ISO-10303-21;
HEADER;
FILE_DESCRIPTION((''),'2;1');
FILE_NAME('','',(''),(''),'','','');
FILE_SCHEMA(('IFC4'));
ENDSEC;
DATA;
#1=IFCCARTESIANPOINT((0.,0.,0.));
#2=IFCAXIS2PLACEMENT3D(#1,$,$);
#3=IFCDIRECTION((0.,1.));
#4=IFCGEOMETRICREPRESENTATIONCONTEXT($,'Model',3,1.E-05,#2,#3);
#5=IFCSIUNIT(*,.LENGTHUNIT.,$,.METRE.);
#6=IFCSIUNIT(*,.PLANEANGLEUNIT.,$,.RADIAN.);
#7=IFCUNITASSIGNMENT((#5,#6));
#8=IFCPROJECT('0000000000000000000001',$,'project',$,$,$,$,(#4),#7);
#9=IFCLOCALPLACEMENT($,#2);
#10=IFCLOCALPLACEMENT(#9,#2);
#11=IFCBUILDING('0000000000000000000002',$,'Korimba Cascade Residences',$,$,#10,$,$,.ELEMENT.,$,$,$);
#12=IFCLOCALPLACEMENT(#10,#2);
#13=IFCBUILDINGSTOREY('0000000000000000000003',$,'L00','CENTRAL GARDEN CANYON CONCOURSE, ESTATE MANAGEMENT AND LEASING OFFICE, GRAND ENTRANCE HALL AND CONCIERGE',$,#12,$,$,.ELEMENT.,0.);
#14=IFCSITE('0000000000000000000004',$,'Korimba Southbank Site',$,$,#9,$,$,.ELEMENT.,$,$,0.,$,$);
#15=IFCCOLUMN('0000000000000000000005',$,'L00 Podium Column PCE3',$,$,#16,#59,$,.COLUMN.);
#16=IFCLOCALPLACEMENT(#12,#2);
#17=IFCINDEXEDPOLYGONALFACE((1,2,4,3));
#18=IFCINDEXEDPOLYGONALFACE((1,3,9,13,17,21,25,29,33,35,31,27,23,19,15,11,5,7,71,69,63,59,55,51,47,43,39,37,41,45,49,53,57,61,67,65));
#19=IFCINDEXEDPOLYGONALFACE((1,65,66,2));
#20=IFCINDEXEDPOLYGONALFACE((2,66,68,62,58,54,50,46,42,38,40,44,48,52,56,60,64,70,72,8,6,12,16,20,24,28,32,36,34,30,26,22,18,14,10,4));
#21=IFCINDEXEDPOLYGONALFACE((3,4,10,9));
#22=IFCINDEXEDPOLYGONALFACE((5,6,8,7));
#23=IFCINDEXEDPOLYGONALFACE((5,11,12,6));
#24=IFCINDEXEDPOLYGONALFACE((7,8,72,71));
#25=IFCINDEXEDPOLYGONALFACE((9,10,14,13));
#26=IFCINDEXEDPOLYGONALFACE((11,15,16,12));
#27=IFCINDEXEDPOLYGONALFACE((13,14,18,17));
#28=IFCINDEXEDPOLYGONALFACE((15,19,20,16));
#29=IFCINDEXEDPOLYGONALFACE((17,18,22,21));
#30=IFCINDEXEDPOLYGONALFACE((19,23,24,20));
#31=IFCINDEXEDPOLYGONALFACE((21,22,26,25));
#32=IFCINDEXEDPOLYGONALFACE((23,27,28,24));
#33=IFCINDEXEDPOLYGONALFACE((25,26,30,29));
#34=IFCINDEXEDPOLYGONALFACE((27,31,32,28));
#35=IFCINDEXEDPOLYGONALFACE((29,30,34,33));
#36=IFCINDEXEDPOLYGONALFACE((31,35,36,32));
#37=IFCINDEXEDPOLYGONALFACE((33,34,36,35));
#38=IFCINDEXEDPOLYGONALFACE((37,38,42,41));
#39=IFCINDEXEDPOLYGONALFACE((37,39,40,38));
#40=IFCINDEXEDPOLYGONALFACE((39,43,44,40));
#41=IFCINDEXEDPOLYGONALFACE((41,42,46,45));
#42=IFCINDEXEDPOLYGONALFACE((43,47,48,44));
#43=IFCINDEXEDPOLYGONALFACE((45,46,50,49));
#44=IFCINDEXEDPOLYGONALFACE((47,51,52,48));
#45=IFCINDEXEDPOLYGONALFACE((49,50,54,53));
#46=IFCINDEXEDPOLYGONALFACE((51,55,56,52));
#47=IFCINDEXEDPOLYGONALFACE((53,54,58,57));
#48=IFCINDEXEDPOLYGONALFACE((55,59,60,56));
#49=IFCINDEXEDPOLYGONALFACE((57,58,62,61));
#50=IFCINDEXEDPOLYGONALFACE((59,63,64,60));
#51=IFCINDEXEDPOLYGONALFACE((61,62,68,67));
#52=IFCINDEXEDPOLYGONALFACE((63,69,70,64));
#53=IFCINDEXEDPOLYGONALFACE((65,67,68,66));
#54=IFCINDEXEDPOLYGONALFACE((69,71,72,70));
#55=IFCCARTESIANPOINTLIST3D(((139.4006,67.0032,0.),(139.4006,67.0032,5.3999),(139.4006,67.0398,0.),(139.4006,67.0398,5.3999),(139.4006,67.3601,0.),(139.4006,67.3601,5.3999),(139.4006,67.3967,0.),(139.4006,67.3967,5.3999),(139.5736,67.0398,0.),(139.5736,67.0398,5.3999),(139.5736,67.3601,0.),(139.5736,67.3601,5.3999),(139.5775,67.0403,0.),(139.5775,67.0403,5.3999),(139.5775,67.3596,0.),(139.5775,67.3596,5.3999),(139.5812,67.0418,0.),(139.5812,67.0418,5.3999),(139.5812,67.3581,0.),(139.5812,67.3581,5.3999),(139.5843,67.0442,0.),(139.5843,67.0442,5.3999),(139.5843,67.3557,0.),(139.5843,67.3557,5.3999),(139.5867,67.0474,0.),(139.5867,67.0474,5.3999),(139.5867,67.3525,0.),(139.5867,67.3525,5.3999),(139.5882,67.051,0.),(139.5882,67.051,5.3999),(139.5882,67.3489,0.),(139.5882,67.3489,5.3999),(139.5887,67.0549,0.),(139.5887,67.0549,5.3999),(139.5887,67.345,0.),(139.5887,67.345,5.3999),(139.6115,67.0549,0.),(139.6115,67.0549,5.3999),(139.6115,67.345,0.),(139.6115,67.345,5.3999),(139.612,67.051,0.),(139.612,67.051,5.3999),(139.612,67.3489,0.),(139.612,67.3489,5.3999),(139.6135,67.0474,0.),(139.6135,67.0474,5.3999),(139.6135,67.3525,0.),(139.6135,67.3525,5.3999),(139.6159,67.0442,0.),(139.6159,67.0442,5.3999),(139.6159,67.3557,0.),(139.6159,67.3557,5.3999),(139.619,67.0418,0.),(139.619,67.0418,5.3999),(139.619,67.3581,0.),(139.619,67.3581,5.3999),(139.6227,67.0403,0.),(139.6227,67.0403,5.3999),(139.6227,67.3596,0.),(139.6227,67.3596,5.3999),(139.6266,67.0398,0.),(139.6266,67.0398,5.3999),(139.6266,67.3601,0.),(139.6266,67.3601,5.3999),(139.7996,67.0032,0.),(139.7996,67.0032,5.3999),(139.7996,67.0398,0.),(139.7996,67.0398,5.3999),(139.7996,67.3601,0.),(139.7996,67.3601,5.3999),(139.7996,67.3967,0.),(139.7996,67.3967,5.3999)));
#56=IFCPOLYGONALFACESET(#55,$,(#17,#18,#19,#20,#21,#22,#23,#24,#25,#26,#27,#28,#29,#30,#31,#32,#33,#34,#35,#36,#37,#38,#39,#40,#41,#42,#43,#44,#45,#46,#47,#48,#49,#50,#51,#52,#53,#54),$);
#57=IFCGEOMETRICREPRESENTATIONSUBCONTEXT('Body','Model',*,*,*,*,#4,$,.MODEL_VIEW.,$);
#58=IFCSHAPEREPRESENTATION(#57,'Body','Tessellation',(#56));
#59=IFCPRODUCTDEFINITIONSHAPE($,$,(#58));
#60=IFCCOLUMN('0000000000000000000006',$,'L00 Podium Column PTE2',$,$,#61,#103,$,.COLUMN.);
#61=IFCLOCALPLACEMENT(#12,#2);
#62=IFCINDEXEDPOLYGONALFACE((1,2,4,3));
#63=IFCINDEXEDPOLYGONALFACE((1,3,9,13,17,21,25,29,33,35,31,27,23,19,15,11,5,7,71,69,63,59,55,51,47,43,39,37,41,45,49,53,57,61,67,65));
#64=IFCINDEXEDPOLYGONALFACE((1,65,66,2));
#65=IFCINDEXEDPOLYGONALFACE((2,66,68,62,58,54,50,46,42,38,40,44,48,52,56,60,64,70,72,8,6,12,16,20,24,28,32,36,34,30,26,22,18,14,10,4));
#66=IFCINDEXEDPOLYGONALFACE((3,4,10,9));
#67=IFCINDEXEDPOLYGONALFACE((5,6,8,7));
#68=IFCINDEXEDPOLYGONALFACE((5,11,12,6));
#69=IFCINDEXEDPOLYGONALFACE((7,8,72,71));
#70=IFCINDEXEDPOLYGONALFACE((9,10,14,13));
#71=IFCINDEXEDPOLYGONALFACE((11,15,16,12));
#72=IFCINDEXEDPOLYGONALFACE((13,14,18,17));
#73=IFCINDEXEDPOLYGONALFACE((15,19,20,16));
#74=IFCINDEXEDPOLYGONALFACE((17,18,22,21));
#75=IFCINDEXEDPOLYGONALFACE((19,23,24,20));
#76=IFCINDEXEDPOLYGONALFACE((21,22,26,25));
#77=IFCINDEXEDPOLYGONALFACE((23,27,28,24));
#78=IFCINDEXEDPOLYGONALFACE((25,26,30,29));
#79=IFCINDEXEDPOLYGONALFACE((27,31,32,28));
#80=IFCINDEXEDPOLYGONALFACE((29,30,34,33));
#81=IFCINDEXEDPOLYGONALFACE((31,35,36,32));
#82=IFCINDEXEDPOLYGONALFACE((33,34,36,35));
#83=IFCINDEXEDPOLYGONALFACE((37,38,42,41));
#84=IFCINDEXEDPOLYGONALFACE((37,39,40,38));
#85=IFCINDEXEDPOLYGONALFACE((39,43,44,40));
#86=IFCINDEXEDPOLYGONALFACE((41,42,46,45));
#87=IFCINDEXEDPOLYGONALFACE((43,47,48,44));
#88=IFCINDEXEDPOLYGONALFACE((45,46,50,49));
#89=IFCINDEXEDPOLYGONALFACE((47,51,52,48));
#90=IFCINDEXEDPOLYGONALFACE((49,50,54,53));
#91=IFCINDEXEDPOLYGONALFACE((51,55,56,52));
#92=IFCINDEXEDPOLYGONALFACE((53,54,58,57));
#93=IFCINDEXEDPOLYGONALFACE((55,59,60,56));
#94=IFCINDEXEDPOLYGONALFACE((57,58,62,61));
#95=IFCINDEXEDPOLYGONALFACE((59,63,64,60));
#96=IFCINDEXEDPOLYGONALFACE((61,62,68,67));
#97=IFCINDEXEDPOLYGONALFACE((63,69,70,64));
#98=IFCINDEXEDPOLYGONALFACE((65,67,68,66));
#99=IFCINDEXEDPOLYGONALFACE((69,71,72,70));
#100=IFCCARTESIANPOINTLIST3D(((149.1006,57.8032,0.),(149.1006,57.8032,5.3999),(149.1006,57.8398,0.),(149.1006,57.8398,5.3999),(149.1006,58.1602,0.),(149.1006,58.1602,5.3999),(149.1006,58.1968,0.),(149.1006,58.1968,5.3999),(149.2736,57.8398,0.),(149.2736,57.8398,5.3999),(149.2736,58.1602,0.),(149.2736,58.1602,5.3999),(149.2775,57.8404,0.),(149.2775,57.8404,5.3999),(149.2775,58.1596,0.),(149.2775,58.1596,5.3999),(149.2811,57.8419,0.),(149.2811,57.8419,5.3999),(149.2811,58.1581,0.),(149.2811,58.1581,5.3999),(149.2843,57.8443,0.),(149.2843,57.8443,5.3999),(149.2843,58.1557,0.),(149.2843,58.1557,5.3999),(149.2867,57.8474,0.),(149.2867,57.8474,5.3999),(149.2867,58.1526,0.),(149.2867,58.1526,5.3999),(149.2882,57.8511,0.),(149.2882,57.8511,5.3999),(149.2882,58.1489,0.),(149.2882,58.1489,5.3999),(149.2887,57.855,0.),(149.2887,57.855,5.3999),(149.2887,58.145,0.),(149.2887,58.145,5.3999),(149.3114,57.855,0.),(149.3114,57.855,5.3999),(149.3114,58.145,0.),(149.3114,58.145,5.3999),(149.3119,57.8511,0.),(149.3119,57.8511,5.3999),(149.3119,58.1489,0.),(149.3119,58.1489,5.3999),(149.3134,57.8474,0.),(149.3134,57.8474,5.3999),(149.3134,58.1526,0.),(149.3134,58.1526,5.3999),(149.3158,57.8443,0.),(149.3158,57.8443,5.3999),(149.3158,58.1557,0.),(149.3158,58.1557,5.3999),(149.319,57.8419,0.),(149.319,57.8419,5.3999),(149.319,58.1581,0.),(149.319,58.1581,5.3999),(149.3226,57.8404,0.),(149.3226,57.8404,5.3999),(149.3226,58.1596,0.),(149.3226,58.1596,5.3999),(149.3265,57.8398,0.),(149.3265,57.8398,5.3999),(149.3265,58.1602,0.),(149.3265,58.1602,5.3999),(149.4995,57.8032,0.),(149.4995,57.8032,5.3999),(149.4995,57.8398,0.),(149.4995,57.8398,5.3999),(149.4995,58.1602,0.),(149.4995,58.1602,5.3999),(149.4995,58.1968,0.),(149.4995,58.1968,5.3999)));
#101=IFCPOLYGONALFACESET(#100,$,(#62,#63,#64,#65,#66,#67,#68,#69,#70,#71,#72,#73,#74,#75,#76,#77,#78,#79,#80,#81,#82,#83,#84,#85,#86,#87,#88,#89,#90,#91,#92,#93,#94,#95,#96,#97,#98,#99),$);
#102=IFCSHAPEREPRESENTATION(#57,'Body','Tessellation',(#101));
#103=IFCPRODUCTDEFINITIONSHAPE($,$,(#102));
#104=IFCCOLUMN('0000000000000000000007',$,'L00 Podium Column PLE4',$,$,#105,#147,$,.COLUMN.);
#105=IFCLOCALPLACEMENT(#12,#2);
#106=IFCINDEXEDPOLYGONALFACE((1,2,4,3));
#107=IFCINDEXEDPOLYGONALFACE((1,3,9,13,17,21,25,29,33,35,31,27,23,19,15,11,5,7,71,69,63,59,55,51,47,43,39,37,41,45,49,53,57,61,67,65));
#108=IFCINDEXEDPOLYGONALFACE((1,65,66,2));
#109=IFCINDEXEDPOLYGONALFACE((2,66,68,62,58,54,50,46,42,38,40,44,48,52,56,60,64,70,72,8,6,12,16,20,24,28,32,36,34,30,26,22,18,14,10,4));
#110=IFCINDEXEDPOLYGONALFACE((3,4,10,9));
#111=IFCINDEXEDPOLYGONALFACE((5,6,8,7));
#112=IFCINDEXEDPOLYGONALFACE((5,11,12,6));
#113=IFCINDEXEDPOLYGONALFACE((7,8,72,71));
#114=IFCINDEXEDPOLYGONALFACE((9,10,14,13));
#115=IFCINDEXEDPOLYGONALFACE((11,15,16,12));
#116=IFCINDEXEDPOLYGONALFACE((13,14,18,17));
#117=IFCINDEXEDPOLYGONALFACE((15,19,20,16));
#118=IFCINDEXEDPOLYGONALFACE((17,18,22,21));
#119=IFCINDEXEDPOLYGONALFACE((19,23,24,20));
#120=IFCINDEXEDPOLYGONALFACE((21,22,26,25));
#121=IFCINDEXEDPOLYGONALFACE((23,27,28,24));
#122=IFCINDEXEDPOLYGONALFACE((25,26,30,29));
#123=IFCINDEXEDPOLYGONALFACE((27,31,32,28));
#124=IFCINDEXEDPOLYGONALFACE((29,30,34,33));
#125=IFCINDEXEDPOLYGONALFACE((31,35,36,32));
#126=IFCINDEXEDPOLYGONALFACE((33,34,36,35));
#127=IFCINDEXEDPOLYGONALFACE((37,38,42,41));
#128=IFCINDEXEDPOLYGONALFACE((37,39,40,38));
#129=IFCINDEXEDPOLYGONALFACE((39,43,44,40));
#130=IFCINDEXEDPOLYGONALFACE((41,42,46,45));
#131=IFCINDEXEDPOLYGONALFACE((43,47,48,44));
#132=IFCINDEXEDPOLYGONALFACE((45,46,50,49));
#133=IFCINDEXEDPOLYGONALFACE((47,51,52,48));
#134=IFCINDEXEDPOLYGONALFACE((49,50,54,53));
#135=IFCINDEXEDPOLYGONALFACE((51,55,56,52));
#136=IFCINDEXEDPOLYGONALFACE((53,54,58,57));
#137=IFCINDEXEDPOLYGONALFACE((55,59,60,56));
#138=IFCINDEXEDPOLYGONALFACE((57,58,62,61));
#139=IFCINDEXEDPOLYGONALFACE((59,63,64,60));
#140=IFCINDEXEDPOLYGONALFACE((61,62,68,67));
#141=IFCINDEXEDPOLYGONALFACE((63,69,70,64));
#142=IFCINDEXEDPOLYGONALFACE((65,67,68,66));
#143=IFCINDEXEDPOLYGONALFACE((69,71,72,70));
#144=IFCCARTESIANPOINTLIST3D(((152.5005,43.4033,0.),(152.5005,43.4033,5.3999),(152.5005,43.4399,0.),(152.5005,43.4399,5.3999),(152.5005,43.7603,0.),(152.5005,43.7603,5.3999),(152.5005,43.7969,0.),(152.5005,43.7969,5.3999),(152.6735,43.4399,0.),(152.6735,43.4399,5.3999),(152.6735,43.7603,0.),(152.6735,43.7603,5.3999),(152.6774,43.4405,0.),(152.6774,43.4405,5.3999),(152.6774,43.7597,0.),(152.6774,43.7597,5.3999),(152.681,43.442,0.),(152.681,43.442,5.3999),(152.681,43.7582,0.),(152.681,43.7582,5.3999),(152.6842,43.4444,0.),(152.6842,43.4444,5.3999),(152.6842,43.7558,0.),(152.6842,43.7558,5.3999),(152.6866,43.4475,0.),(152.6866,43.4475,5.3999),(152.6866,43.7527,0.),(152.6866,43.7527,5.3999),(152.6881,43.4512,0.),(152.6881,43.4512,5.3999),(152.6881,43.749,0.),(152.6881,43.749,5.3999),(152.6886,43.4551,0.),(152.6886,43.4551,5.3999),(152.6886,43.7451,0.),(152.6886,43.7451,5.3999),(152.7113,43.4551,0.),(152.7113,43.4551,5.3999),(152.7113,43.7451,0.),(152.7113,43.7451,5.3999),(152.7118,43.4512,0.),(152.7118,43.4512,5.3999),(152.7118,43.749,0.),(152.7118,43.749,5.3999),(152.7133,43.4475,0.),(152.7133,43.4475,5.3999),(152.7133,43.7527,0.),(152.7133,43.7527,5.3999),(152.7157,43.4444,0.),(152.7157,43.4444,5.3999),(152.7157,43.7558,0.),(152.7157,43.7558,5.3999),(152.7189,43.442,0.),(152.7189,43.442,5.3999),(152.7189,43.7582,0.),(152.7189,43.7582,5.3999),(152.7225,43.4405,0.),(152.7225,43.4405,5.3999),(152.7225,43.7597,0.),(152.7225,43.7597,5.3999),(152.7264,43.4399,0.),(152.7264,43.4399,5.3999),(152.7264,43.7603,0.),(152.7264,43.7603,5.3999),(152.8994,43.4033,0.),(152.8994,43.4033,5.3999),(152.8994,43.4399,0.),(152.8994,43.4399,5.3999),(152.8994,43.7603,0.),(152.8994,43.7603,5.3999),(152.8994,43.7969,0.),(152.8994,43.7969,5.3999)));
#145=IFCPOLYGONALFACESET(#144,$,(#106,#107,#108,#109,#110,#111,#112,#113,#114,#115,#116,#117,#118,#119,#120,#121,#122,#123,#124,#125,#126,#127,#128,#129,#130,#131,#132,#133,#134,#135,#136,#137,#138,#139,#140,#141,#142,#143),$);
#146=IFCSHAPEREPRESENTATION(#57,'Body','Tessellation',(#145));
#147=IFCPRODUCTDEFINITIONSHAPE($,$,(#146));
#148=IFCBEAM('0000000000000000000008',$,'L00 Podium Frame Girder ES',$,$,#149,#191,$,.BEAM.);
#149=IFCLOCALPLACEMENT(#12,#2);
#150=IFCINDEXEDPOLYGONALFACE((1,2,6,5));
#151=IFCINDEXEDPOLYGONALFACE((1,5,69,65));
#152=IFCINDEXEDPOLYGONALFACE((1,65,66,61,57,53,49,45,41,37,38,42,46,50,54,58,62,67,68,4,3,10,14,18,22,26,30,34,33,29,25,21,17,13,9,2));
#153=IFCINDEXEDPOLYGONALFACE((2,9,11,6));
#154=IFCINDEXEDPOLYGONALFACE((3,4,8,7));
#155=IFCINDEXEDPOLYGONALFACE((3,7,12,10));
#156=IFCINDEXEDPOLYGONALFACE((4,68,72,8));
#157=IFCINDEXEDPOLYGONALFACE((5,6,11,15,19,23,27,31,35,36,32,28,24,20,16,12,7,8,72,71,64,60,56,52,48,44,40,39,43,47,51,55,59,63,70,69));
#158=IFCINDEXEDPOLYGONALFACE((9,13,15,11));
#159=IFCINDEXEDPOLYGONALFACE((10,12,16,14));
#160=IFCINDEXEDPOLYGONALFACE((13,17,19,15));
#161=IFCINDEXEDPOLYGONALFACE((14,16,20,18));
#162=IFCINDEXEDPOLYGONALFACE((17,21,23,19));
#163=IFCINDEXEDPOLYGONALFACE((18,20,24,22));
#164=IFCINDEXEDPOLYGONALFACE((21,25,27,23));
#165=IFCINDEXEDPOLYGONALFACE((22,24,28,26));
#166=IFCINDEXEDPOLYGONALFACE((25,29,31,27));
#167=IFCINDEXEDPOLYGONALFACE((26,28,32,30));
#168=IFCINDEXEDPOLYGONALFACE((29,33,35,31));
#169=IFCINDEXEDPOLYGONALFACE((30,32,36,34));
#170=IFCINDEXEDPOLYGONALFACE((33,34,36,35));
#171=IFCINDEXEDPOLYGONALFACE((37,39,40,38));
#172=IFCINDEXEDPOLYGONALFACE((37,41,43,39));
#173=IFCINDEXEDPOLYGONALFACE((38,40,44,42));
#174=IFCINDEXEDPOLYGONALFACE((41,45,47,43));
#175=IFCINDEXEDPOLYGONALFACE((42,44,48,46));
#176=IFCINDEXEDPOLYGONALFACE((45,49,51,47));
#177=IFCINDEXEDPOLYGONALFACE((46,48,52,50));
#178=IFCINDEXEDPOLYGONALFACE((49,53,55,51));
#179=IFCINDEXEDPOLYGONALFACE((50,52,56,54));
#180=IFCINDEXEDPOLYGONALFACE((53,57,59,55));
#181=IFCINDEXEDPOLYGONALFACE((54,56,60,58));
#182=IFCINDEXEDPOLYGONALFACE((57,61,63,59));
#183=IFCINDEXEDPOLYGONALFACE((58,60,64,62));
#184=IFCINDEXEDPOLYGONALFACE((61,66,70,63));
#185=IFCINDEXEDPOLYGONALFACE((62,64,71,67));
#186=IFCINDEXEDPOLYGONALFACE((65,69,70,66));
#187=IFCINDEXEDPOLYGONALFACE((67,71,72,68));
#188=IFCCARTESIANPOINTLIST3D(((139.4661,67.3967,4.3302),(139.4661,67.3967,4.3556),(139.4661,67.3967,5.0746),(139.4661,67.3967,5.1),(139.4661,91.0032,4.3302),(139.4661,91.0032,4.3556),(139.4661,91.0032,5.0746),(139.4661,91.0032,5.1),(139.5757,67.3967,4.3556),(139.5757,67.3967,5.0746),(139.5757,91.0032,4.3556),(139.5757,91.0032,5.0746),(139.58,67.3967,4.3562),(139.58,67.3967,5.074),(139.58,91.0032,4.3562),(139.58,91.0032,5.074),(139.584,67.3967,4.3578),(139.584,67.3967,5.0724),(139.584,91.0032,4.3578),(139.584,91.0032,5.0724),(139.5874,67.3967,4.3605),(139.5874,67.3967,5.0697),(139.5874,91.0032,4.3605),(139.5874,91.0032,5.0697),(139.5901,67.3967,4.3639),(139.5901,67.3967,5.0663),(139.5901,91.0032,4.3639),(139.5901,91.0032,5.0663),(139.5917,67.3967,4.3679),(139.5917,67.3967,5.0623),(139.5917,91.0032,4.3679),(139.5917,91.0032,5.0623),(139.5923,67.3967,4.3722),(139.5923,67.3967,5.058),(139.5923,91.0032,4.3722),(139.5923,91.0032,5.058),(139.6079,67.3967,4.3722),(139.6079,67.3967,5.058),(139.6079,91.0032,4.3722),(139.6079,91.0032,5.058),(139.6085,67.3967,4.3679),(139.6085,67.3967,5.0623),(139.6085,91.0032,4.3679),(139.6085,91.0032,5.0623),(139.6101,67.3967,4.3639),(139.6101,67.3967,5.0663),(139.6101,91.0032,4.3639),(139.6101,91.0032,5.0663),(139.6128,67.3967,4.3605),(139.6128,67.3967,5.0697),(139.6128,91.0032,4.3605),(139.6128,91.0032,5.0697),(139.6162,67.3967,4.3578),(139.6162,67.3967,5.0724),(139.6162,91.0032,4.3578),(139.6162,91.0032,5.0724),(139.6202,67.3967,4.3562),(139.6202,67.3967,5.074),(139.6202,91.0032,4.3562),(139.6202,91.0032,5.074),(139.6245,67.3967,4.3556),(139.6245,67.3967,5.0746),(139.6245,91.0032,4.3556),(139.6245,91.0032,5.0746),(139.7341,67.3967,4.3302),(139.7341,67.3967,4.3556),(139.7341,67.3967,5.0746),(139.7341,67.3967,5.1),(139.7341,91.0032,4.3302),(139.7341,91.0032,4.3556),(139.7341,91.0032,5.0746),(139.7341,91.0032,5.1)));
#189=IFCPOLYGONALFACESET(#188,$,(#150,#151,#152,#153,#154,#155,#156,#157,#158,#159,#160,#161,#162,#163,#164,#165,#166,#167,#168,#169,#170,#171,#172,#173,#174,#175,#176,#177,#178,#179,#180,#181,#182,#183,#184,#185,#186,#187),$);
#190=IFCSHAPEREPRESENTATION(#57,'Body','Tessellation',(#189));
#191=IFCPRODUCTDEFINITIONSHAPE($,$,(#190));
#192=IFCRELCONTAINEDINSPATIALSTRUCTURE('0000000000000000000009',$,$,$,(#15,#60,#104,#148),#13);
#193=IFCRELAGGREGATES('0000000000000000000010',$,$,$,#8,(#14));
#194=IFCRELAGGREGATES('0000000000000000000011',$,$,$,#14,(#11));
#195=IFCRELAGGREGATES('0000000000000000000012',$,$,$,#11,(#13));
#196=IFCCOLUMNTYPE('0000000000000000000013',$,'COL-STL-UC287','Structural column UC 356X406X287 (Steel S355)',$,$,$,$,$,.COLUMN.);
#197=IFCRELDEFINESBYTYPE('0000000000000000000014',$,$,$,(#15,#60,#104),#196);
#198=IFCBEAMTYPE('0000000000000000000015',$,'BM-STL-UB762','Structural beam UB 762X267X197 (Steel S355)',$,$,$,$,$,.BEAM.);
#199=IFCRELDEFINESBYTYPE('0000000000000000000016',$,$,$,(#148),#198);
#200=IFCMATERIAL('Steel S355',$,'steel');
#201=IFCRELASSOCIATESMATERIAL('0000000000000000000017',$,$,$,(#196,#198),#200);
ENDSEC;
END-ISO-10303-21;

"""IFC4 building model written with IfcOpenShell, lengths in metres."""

from ifc_helpers import new_model, si_unit, direction, frame, origin, origin_2d, place, context, subcontext, project, spatial, i_section, extrude, material, material_profile, profile_set, type_object, element, save


model = new_model("IFC4")

# Units and contexts
model_context = context("Model", 3, precision=1e-05, world=origin(), true_north=direction((0.0, 1.0)))
body_context = subcontext(model_context, "Body", "Model", "MODEL_VIEW")
ifc_project = project(units=[si_unit("LENGTHUNIT", "METRE"), si_unit("PLANEANGLEUNIT", "RADIAN")], contexts=[model_context])

# Site, building, storey
site_placement = place(None, origin())
site = spatial("IfcSite", under=ifc_project, at=site_placement, Name="Korimba Southbank Site", CompositionType="ELEMENT", RefElevation=0.0)
building_placement = place(site_placement, origin())
building = spatial("IfcBuilding", under=site, at=building_placement, Name="Korimba Cascade Residences", CompositionType="ELEMENT")
storey_placement = place(building_placement, origin())
storey = spatial("IfcBuildingStorey", under=building, at=storey_placement, Name="L00", Description="CENTRAL GARDEN CANYON CONCOURSE, ESTATE MANAGEMENT AND LEASING OFFICE, GRAND ENTRANCE HALL AND CONCIERGE", CompositionType="ELEMENT", Elevation=0.0)

# Columns
ifc_material_1 = material(Name="Steel S355", Category="steel")
ifc_material_profile_1 = material_profile(ifc_material_1, i_section(OverallWidth=0.3989, OverallDepth=0.3936, WebThickness=0.0227, FlangeThickness=0.0366, FilletRadius=0.0151, at=origin_2d()), Name="Steel S355")
ifc_profile_set_1 = profile_set([ifc_material_profile_1], Name="Steel S355")
column_type = type_object("IfcColumnType", Name="COL-STL-UC287", Description="Structural column UC 356X406X287 (Steel S355)", PredefinedType="COLUMN", material=ifc_profile_set_1)
for number, where, z_axis, x_axis, name in (
    (1, (139.6001, 67.2, 0.0), (0.0, 0.0, 1.0), (1.0, 0.0, 0.0), "L00 Podium Column PCE3"),
    (2, (149.3, 58.0, 0.0), (0.0, 0.0, 1.0), (1.0, 0.0, 0.0), "L00 Podium Column PTE2"),
    (3, (152.7, 43.6001, 0.0), (0.0, 0.0, 1.0), (1.0, 0.0, 0.0), "L00 Podium Column PLE4"),
):
    element("IfcColumn", number, at=place(storey_placement, frame(where, z_axis=z_axis, x_axis=x_axis)), inside=storey, type_object=column_type, Name=name, PredefinedType="COLUMN", context=body_context, shape_type="SweptSolid", body=[
        extrude(i_section(OverallWidth=0.3989, OverallDepth=0.3936, WebThickness=0.0227, FlangeThickness=0.0366, FilletRadius=0.0151, at=origin_2d()), origin(), (0.0, 0.0, 1.0), 5.3999),
    ])

# Beam
ifc_material_profile_2 = material_profile(ifc_material_1, i_section(OverallWidth=0.2681, OverallDepth=0.7698, WebThickness=0.0156, FlangeThickness=0.0254, FilletRadius=0.0166, at=origin_2d()), Name="Steel S355")
ifc_profile_set_2 = profile_set([ifc_material_profile_2], Name="Steel S355")
beam_type = type_object("IfcBeamType", Name="BM-STL-UB762", Description="Structural beam UB 762X267X197 (Steel S355)", PredefinedType="BEAM", material=ifc_profile_set_2)
beam_placement = place(storey_placement, frame((139.6001, 67.3967, 4.7151), z_axis=(0.0, 1.0, 0.0), x_axis=(-1.0, 0.0, 0.0)))
element("IfcBeam", 4, at=beam_placement, inside=storey, type_object=beam_type, Name="L00 Podium Frame Girder ES", PredefinedType="BEAM", context=body_context, shape_type="SweptSolid", body=[
    extrude(i_section(OverallWidth=0.2681, OverallDepth=0.7698, WebThickness=0.0156, FlangeThickness=0.0254, FilletRadius=0.0166, at=origin_2d()), origin(), (0.0, 0.0, 1.0), 23.6064),
])

save(model, "model.ifc")
